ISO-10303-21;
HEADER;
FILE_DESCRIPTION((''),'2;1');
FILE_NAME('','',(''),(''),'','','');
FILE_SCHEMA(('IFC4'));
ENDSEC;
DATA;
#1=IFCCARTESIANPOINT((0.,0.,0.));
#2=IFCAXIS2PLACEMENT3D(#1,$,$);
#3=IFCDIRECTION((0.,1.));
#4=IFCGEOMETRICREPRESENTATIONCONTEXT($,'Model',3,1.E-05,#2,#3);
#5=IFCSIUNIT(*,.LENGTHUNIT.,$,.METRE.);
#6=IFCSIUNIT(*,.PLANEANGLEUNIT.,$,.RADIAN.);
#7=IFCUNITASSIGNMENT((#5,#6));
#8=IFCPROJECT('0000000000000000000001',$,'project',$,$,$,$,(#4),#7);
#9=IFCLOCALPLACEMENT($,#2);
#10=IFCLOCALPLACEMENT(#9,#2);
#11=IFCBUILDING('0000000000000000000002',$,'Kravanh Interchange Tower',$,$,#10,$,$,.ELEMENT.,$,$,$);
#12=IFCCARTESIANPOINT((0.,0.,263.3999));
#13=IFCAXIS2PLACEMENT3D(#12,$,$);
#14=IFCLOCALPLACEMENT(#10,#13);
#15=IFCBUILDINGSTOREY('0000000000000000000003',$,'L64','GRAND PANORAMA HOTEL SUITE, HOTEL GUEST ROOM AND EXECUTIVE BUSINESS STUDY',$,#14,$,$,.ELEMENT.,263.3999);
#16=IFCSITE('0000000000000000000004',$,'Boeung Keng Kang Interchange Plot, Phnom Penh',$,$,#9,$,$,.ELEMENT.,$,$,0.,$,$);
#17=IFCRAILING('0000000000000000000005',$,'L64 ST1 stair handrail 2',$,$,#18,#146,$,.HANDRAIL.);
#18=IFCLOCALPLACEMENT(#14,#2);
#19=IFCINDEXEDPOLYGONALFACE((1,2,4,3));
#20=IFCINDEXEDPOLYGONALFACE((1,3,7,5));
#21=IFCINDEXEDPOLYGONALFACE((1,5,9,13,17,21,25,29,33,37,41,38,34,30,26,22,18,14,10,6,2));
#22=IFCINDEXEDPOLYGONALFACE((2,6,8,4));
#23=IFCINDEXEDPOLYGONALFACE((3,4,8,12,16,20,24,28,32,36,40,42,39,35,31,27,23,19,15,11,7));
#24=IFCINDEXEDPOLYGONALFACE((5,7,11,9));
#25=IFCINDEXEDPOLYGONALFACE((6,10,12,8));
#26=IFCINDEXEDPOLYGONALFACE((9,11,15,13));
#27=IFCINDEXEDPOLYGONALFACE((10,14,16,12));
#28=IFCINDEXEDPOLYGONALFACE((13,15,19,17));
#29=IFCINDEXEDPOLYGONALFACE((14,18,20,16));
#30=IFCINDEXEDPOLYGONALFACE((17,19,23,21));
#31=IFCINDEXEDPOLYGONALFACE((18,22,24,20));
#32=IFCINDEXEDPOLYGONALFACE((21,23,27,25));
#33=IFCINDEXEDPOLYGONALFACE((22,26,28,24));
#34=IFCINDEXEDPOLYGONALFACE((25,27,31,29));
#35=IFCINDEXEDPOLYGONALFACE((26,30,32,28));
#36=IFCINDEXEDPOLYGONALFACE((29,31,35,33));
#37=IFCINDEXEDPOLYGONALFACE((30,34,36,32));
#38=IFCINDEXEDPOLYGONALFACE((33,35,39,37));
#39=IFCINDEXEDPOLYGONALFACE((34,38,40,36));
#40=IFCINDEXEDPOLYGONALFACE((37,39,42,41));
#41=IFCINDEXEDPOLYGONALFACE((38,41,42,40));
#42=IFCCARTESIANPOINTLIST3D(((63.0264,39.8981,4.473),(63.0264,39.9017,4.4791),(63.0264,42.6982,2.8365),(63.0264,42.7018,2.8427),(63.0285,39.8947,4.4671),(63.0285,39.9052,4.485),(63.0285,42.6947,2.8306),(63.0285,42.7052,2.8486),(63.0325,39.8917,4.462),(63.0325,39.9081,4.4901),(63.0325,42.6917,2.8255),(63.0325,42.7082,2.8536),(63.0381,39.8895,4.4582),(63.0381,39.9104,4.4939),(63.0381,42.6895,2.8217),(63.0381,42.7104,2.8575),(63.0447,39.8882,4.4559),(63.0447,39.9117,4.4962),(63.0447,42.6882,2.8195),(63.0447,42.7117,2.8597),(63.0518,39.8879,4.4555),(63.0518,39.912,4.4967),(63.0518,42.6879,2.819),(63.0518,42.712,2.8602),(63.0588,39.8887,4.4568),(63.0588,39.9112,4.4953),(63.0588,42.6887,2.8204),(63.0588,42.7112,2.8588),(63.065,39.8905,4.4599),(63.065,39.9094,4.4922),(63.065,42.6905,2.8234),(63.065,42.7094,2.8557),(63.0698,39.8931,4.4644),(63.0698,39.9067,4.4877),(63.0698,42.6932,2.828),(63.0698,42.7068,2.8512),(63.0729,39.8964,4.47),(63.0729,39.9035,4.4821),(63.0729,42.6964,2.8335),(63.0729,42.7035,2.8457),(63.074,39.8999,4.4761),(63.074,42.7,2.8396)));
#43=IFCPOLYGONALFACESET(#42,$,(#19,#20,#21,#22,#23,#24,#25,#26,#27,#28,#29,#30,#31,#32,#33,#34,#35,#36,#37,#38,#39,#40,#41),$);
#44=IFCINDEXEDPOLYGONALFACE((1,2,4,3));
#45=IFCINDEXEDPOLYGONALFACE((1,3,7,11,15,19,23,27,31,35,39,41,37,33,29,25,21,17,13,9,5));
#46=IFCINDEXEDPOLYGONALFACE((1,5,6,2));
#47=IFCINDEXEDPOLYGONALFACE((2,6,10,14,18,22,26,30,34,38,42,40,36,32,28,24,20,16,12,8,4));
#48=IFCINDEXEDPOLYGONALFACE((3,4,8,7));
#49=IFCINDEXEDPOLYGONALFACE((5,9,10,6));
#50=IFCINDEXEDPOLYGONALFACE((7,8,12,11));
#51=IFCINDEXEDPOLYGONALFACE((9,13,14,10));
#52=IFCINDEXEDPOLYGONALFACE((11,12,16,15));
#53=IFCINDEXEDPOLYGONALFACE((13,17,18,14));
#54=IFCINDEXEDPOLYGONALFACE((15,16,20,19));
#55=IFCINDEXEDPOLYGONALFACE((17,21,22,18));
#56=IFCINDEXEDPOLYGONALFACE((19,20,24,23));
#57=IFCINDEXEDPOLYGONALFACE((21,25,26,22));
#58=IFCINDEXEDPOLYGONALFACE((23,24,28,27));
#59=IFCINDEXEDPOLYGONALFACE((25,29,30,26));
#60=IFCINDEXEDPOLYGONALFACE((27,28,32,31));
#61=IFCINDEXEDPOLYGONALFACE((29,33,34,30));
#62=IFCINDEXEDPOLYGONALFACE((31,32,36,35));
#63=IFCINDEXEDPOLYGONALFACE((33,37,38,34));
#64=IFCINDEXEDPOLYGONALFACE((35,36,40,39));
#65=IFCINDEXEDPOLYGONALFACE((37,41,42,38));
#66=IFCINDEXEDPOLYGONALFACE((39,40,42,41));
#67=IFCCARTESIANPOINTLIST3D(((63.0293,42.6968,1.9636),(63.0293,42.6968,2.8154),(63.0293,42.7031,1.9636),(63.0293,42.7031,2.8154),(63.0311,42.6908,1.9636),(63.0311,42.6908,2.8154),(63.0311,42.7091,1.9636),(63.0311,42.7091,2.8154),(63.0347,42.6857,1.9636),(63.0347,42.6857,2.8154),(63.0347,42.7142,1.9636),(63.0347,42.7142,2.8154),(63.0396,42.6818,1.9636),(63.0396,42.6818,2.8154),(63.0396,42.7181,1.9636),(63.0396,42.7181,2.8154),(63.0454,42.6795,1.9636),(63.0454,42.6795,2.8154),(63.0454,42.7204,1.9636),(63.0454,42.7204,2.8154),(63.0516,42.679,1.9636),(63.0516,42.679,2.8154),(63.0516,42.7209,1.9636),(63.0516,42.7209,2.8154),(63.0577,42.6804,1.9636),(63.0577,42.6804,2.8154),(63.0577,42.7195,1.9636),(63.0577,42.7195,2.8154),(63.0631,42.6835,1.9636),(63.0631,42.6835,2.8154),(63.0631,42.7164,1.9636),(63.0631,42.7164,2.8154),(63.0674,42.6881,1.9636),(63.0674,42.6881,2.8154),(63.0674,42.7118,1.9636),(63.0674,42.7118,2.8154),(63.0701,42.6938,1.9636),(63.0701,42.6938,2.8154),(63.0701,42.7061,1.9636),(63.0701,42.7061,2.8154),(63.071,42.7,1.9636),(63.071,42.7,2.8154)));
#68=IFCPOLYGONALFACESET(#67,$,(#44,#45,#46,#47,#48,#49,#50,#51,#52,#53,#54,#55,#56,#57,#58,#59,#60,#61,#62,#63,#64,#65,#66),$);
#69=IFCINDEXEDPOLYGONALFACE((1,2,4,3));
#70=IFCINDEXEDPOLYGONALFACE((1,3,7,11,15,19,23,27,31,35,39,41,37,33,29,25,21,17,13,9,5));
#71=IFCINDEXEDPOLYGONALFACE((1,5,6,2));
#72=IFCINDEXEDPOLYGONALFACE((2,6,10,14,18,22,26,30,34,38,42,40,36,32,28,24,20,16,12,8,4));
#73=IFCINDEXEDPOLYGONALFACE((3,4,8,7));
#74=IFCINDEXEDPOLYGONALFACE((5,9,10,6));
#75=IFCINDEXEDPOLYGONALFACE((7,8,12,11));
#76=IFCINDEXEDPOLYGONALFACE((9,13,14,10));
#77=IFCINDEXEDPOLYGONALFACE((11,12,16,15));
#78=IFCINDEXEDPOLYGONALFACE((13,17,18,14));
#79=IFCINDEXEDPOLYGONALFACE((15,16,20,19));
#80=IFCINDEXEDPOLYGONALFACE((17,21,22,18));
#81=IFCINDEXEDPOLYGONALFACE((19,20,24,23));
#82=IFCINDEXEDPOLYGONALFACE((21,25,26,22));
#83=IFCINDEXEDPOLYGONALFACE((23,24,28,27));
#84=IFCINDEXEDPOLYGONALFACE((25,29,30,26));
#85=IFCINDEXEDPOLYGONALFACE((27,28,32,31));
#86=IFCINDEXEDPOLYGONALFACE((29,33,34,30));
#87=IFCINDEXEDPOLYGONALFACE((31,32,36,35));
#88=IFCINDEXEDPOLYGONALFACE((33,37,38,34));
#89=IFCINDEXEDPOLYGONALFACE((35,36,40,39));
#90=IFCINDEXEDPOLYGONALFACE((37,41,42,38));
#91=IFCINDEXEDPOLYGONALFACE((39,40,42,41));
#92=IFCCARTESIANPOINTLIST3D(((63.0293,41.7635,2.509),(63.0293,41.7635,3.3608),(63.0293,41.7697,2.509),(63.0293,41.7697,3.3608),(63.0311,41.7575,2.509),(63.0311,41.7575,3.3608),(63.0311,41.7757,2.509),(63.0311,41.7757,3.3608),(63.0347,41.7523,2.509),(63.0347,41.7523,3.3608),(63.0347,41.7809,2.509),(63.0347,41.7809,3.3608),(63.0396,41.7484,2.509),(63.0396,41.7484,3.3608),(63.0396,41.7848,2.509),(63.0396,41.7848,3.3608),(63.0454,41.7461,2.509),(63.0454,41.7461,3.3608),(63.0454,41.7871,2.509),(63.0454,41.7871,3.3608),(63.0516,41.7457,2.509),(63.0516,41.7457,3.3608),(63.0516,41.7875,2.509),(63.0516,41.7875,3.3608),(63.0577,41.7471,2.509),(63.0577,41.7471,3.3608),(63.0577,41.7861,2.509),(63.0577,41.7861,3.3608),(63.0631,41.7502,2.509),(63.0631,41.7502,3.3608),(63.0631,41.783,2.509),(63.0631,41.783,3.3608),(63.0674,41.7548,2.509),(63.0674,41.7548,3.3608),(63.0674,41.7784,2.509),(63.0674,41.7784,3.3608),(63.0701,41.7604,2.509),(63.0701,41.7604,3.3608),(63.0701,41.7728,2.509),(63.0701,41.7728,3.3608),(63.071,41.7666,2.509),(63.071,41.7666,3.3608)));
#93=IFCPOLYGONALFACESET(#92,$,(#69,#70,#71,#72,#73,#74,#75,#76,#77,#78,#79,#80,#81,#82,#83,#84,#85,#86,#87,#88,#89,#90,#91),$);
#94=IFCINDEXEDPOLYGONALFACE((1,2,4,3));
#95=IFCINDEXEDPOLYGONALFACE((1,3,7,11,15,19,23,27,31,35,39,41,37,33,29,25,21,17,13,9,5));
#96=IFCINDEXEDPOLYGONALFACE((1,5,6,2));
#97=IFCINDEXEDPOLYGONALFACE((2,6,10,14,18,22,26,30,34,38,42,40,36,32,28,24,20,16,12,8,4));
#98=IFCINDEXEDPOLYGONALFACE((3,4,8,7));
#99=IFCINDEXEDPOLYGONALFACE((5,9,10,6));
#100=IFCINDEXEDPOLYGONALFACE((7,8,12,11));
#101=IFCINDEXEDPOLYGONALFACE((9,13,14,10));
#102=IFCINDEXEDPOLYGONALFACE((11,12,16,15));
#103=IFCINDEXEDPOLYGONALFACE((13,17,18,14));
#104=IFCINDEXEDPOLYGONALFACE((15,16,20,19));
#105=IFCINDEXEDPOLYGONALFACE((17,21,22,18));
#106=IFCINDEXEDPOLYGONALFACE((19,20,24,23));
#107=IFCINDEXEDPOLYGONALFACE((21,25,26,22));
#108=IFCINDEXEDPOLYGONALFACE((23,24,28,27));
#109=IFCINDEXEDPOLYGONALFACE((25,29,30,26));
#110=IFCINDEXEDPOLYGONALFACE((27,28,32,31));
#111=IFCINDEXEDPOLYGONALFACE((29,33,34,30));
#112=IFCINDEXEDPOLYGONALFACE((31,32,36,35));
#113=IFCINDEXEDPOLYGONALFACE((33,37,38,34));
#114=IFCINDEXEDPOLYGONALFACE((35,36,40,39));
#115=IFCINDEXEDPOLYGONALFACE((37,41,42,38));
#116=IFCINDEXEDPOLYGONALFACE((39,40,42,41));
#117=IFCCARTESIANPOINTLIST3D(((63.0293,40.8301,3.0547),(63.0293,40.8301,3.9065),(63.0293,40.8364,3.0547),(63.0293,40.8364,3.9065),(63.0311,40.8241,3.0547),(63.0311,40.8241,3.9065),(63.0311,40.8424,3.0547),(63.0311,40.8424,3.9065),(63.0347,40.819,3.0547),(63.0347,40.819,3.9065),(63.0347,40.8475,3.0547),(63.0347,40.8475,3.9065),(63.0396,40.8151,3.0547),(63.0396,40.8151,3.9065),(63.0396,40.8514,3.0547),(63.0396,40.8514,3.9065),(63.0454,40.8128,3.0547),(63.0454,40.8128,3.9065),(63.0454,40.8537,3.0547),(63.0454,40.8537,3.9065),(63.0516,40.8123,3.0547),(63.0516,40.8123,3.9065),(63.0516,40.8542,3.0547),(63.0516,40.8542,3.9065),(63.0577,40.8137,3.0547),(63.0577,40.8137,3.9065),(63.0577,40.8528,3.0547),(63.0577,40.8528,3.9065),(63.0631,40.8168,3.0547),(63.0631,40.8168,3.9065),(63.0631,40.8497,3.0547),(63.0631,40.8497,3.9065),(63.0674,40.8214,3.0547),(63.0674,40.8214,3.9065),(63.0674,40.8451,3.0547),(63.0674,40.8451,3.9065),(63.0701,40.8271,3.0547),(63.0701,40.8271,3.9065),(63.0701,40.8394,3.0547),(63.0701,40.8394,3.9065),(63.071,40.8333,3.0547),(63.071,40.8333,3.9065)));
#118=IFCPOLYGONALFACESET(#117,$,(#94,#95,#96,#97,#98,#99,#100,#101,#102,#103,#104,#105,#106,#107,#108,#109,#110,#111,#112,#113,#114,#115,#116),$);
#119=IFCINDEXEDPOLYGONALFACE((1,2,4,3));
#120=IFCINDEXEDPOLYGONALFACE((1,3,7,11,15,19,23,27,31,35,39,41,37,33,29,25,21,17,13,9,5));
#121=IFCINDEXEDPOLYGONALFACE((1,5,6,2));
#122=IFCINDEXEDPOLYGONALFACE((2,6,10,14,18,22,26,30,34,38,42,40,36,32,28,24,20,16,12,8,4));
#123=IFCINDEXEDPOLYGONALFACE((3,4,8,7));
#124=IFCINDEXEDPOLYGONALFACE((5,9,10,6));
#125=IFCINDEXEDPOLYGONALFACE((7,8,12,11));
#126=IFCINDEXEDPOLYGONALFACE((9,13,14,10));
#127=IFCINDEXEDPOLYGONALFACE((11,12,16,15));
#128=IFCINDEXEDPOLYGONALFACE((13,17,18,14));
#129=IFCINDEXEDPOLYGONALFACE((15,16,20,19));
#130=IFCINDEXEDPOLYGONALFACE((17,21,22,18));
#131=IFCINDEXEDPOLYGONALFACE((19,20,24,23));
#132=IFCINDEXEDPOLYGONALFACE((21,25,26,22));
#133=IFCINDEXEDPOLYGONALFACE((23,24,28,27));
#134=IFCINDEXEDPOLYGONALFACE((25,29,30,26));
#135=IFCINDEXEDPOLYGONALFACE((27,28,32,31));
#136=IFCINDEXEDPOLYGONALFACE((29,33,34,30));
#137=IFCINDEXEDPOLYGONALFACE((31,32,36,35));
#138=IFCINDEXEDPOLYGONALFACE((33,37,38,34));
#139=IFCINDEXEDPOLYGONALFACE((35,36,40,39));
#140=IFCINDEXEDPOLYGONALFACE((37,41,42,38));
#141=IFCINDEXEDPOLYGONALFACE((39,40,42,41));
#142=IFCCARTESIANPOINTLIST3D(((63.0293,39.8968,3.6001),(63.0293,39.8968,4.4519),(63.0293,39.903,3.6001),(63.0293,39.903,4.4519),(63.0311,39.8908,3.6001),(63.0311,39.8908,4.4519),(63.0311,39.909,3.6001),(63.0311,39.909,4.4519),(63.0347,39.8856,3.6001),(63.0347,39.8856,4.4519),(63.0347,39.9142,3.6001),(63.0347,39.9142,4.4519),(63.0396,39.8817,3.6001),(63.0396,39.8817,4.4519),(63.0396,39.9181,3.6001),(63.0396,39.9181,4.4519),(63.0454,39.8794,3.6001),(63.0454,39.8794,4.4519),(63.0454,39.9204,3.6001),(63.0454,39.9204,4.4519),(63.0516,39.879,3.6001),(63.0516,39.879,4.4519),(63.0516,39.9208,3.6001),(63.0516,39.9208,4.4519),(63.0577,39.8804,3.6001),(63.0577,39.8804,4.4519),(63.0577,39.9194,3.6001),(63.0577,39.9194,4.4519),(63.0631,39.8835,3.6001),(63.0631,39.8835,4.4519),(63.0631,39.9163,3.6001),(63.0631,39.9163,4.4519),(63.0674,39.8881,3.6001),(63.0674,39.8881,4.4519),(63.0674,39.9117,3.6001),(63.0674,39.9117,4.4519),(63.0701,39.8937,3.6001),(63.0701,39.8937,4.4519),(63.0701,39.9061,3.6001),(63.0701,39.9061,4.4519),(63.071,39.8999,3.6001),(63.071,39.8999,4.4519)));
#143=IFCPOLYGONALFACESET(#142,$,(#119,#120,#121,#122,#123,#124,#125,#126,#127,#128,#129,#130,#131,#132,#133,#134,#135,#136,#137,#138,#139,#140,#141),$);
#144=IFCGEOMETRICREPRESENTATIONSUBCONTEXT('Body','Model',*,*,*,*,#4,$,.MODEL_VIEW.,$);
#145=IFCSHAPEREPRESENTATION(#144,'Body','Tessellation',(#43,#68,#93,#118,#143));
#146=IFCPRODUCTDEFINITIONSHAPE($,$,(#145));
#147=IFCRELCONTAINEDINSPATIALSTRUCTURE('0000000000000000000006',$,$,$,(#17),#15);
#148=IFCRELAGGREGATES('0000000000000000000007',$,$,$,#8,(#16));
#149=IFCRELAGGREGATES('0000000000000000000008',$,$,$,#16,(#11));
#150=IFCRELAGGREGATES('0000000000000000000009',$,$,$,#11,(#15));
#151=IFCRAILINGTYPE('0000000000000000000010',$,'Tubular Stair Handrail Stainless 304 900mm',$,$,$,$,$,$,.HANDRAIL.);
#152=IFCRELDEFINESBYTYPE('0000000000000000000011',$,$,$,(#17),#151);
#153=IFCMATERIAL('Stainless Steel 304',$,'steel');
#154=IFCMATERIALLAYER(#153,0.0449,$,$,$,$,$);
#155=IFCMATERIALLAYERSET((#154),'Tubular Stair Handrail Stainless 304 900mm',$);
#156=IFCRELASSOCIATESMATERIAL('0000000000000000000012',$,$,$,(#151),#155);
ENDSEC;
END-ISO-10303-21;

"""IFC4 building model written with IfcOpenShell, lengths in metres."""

from ifc_helpers import new_model, si_unit, direction, frame, origin, origin_2d, place, context, subcontext, project, spatial, circle, extrude, material, layer, layer_set, type_object, element, save


model = new_model("IFC4")

# Units and contexts
model_context = context("Model", 3, precision=1e-05, world=origin(), true_north=direction((0.0, 1.0)))
body_context = subcontext(model_context, "Body", "Model", "MODEL_VIEW")
ifc_project = project(units=[si_unit("LENGTHUNIT", "METRE"), si_unit("PLANEANGLEUNIT", "RADIAN")], contexts=[model_context])

# Site, building, storey
site_placement = place(None, origin())
site = spatial("IfcSite", under=ifc_project, at=site_placement, Name="Boeung Keng Kang Interchange Plot, Phnom Penh", CompositionType="ELEMENT", RefElevation=0.0)
building_placement = place(site_placement, origin())
building = spatial("IfcBuilding", under=site, at=building_placement, Name="Kravanh Interchange Tower", CompositionType="ELEMENT")
storey_placement = place(building_placement, frame((0.0, 0.0, 263.3999)))
storey = spatial("IfcBuildingStorey", under=building, at=storey_placement, Name="L64", Description="GRAND PANORAMA HOTEL SUITE, HOTEL GUEST ROOM AND EXECUTIVE BUSINESS STUDY", CompositionType="ELEMENT", Elevation=263.3999)

# Railing
ifc_material_1 = material(Name="Stainless Steel 304", Category="steel")
ifc_layer_1 = layer(ifc_material_1, 0.0449)
ifc_layer_set_1 = layer_set([ifc_layer_1], Name="Tubular Stair Handrail Stainless 304 900mm")
railing_type_1 = type_object("IfcRailingType", Name="Tubular Stair Handrail Stainless 304 900mm", PredefinedType="HANDRAIL", material=ifc_layer_set_1)
railing_1_placement = place(storey_placement, frame((63.05, 42.7, 1.9636)))
element("IfcRailing", 1, at=railing_1_placement, inside=storey, type_object=railing_type_1, Name="L64 ST1 stair handrail 2", PredefinedType="HANDRAIL", context=body_context, shape_type="SweptSolid", body=[
    extrude(circle(Radius=0.0239, at=origin_2d()), frame((0.0, 0.0, 0.876), z_axis=(0.0, -0.863361, 0.504587), x_axis=(1.0, 0.0, 0.0)), (0.0, 0.0, 1.0), 3.2432),
    extrude(circle(Radius=0.021, at=origin_2d()), origin(), (0.0, 0.0, 1.0), 0.8518),
    extrude(circle(Radius=0.021, at=origin_2d()), frame((0.0, -0.9333, 0.5454)), (0.0, 0.0, 1.0), 0.8518),
    extrude(circle(Radius=0.021, at=origin_2d()), frame((0.0, -1.8667, 1.0911)), (0.0, 0.0, 1.0), 0.8518),
    extrude(circle(Radius=0.021, at=origin_2d()), frame((0.0, -2.8, 1.6365)), (0.0, 0.0, 1.0), 0.8518),
])

save(model, "model.ifc")
